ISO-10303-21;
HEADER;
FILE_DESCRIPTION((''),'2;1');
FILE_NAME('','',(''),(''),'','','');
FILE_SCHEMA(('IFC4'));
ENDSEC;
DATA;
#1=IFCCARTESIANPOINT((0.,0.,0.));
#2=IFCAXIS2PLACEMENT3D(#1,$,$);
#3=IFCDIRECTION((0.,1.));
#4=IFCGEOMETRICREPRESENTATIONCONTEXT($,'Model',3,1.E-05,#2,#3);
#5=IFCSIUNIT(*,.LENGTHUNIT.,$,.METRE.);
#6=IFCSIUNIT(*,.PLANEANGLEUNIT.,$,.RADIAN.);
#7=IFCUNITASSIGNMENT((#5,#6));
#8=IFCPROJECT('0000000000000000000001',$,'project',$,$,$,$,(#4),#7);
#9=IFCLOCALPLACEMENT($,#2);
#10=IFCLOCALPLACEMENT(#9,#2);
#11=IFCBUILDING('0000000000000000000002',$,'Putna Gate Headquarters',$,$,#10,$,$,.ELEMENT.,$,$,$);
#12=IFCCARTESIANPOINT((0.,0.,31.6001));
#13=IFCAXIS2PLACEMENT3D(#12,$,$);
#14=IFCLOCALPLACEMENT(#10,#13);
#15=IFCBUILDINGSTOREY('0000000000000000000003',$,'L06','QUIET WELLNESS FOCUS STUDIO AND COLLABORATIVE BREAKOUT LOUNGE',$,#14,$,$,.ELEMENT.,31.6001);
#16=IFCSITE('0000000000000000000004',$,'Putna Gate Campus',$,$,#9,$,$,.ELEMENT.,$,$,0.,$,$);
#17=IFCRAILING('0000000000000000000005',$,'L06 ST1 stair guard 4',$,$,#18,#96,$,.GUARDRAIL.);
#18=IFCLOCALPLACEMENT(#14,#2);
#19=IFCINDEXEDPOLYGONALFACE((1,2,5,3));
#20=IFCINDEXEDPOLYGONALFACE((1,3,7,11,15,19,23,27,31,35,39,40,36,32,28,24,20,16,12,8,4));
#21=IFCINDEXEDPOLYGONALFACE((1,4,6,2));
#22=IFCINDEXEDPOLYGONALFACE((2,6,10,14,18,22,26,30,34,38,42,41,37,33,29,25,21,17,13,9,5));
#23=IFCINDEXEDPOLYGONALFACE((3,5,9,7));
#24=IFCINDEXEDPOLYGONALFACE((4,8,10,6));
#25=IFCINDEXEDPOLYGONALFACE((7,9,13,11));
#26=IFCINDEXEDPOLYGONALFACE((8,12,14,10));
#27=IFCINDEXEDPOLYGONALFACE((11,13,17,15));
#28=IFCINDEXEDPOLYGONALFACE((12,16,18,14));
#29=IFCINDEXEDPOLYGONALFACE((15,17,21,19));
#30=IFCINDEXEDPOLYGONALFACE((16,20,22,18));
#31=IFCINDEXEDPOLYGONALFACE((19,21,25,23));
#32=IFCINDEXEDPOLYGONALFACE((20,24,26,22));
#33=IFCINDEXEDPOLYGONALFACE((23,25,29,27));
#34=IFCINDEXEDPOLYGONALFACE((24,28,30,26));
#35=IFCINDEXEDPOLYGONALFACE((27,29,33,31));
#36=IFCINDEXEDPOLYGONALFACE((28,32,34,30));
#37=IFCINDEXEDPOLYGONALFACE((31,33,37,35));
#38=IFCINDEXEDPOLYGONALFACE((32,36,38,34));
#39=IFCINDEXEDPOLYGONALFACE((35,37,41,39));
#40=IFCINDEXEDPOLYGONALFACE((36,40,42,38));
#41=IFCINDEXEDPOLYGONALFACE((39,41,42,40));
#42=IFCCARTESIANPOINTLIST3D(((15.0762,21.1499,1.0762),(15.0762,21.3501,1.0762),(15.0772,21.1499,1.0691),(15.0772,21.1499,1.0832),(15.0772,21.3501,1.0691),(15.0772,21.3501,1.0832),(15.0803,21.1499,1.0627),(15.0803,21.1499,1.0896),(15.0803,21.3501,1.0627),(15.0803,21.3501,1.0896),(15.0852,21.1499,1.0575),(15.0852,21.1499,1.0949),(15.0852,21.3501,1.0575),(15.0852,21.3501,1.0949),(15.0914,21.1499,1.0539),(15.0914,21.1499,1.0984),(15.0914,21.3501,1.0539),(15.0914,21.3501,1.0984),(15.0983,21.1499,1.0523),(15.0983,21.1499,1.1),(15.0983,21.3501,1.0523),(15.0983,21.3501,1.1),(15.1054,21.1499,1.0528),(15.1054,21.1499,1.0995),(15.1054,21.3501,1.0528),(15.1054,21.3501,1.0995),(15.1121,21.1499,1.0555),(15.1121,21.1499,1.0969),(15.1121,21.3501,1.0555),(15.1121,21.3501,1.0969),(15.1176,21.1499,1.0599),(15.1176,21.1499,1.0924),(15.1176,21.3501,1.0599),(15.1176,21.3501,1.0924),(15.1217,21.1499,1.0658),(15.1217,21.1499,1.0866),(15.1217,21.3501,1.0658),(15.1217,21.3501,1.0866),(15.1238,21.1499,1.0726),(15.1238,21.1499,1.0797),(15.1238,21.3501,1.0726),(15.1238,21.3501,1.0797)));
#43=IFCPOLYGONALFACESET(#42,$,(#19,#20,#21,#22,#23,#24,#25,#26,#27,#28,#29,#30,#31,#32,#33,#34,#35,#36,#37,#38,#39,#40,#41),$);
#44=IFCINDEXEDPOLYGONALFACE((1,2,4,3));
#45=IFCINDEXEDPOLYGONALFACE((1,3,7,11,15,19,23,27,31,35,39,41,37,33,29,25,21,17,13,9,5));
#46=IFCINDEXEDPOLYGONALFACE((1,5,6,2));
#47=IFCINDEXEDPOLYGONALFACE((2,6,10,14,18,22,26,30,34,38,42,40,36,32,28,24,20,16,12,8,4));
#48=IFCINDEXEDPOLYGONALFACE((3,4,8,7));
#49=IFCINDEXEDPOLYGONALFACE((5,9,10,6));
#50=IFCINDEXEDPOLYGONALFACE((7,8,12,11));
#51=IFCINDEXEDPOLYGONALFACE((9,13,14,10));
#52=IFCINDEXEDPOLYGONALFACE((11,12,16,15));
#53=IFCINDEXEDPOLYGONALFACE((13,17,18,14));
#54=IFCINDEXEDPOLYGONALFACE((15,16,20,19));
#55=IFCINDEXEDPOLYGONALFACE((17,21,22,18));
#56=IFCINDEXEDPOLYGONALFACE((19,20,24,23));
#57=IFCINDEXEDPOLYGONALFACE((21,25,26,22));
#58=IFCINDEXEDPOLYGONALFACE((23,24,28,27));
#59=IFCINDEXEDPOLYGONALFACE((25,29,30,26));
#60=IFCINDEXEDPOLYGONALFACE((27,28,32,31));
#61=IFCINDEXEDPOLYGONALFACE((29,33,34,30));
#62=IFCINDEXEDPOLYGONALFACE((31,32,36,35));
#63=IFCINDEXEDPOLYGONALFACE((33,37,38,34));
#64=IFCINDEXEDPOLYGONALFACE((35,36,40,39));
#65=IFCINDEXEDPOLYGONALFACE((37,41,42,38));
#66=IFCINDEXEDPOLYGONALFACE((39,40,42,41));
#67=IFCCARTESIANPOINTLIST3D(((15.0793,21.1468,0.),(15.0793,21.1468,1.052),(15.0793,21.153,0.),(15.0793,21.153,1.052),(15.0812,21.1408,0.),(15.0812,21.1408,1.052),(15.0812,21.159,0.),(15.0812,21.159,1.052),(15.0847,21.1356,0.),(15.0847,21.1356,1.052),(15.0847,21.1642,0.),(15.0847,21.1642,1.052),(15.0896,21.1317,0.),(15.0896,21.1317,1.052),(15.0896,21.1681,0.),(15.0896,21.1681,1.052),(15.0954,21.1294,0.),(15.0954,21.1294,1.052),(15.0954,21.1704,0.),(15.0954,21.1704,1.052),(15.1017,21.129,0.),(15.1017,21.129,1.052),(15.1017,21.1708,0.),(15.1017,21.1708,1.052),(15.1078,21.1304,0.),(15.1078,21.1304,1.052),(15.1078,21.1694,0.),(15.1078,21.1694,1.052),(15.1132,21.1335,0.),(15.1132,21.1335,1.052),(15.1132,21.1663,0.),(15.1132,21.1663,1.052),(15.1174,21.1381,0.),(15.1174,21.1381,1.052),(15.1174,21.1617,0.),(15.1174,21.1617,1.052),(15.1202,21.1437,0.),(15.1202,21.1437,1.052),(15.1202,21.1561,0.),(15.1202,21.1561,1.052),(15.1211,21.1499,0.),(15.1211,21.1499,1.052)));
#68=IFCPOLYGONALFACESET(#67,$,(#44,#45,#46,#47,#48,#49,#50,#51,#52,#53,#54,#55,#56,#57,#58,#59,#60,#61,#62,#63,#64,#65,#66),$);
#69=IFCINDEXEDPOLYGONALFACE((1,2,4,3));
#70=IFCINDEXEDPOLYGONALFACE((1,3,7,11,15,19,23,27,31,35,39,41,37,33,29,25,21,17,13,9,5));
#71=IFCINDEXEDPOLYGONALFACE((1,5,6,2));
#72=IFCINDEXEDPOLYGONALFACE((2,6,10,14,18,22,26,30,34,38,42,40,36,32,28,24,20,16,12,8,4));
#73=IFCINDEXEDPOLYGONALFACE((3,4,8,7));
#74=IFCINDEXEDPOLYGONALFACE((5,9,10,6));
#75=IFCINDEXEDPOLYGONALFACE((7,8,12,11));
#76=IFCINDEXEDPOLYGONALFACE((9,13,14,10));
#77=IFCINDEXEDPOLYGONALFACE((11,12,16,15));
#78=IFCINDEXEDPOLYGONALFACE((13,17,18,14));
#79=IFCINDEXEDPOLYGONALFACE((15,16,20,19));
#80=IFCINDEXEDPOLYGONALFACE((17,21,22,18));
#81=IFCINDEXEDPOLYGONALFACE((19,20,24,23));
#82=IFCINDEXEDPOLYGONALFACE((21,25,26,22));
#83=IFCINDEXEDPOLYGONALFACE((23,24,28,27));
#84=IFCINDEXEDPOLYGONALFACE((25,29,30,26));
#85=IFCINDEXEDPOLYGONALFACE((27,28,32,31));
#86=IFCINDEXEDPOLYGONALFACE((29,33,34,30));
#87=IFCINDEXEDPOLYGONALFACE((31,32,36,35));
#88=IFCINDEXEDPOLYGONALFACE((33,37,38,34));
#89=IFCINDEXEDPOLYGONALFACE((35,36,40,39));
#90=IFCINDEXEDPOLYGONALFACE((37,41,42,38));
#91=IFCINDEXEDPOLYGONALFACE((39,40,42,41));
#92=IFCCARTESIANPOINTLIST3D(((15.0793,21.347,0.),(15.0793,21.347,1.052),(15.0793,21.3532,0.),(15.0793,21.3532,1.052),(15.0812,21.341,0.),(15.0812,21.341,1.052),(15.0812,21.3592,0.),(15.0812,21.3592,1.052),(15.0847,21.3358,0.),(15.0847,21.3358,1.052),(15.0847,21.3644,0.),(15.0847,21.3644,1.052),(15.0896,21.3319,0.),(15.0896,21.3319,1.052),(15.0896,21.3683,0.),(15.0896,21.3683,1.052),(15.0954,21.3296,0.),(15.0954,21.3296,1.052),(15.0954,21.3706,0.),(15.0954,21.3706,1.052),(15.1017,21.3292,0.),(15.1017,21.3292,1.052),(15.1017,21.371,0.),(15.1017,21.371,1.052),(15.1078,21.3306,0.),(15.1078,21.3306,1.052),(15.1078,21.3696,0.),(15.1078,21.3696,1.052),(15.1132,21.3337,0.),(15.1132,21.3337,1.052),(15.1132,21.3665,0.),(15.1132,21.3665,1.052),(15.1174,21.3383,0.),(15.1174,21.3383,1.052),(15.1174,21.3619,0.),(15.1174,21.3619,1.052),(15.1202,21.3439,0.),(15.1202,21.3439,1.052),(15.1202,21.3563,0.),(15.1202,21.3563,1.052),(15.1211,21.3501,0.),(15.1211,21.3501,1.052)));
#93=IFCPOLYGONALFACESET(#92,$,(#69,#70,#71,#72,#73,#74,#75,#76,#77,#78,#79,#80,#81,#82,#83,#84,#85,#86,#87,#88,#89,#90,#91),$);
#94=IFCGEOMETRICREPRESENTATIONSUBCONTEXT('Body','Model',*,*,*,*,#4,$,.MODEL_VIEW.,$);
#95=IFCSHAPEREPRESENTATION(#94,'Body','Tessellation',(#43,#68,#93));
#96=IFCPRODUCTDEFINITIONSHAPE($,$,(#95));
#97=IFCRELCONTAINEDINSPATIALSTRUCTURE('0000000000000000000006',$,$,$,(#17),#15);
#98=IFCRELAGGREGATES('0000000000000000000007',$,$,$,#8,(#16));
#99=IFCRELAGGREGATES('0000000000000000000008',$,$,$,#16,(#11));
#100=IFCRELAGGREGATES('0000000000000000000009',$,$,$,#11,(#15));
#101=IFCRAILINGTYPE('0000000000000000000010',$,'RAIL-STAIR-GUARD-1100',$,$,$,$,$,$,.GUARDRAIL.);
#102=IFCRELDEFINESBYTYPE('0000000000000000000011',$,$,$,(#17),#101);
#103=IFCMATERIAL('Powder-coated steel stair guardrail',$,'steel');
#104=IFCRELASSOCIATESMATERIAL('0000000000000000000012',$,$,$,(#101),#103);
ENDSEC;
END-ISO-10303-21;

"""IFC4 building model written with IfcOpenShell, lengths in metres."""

from ifc_helpers import new_model, si_unit, direction, frame, origin, origin_2d, place, context, subcontext, project, spatial, circle, extrude, material, type_object, element, save


model = new_model("IFC4")

# Units and contexts
model_context = context("Model", 3, precision=1e-05, world=origin(), true_north=direction((0.0, 1.0)))
body_context = subcontext(model_context, "Body", "Model", "MODEL_VIEW")
ifc_project = project(units=[si_unit("LENGTHUNIT", "METRE"), si_unit("PLANEANGLEUNIT", "RADIAN")], contexts=[model_context])

# Site, building, storey
site_placement = place(None, origin())
site = spatial("IfcSite", under=ifc_project, at=site_placement, Name="Putna Gate Campus", CompositionType="ELEMENT", RefElevation=0.0)
building_placement = place(site_placement, origin())
building = spatial("IfcBuilding", under=site, at=building_placement, Name="Putna Gate Headquarters", CompositionType="ELEMENT")
storey_placement = place(building_placement, frame((0.0, 0.0, 31.6001)))
storey = spatial("IfcBuildingStorey", under=building, at=storey_placement, Name="L06", Description="QUIET WELLNESS FOCUS STUDIO AND COLLABORATIVE BREAKOUT LOUNGE", CompositionType="ELEMENT", Elevation=31.6001)

# Railing
ifc_material_1 = material(Name="Powder-coated steel stair guardrail", Category="steel")
railing_type_1 = type_object("IfcRailingType", Name="RAIL-STAIR-GUARD-1100", PredefinedType="GUARDRAIL", material=ifc_material_1)
railing_1_placement = place(storey_placement, frame((15.1001, 21.1499, 0.0)))
element("IfcRailing", 1, at=railing_1_placement, inside=storey, type_object=railing_type_1, Name="L06 ST1 stair guard 4", PredefinedType="GUARDRAIL", context=body_context, shape_type="SweptSolid", body=[
    extrude(circle(Radius=0.0239, at=origin_2d()), frame((0.0, 0.0, 1.0762), z_axis=(0.0, 1.0, 0.0), x_axis=(-1.0, 0.0, 0.0)), (0.0, 0.0, 1.0), 0.2002),
    extrude(circle(Radius=0.021, at=origin_2d()), origin(), (0.0, 0.0, 1.0), 1.052),
    extrude(circle(Radius=0.021, at=origin_2d()), frame((0.0, 0.2002, 0.0)), (0.0, 0.0, 1.0), 1.052),
])

save(model, "model.ifc")
